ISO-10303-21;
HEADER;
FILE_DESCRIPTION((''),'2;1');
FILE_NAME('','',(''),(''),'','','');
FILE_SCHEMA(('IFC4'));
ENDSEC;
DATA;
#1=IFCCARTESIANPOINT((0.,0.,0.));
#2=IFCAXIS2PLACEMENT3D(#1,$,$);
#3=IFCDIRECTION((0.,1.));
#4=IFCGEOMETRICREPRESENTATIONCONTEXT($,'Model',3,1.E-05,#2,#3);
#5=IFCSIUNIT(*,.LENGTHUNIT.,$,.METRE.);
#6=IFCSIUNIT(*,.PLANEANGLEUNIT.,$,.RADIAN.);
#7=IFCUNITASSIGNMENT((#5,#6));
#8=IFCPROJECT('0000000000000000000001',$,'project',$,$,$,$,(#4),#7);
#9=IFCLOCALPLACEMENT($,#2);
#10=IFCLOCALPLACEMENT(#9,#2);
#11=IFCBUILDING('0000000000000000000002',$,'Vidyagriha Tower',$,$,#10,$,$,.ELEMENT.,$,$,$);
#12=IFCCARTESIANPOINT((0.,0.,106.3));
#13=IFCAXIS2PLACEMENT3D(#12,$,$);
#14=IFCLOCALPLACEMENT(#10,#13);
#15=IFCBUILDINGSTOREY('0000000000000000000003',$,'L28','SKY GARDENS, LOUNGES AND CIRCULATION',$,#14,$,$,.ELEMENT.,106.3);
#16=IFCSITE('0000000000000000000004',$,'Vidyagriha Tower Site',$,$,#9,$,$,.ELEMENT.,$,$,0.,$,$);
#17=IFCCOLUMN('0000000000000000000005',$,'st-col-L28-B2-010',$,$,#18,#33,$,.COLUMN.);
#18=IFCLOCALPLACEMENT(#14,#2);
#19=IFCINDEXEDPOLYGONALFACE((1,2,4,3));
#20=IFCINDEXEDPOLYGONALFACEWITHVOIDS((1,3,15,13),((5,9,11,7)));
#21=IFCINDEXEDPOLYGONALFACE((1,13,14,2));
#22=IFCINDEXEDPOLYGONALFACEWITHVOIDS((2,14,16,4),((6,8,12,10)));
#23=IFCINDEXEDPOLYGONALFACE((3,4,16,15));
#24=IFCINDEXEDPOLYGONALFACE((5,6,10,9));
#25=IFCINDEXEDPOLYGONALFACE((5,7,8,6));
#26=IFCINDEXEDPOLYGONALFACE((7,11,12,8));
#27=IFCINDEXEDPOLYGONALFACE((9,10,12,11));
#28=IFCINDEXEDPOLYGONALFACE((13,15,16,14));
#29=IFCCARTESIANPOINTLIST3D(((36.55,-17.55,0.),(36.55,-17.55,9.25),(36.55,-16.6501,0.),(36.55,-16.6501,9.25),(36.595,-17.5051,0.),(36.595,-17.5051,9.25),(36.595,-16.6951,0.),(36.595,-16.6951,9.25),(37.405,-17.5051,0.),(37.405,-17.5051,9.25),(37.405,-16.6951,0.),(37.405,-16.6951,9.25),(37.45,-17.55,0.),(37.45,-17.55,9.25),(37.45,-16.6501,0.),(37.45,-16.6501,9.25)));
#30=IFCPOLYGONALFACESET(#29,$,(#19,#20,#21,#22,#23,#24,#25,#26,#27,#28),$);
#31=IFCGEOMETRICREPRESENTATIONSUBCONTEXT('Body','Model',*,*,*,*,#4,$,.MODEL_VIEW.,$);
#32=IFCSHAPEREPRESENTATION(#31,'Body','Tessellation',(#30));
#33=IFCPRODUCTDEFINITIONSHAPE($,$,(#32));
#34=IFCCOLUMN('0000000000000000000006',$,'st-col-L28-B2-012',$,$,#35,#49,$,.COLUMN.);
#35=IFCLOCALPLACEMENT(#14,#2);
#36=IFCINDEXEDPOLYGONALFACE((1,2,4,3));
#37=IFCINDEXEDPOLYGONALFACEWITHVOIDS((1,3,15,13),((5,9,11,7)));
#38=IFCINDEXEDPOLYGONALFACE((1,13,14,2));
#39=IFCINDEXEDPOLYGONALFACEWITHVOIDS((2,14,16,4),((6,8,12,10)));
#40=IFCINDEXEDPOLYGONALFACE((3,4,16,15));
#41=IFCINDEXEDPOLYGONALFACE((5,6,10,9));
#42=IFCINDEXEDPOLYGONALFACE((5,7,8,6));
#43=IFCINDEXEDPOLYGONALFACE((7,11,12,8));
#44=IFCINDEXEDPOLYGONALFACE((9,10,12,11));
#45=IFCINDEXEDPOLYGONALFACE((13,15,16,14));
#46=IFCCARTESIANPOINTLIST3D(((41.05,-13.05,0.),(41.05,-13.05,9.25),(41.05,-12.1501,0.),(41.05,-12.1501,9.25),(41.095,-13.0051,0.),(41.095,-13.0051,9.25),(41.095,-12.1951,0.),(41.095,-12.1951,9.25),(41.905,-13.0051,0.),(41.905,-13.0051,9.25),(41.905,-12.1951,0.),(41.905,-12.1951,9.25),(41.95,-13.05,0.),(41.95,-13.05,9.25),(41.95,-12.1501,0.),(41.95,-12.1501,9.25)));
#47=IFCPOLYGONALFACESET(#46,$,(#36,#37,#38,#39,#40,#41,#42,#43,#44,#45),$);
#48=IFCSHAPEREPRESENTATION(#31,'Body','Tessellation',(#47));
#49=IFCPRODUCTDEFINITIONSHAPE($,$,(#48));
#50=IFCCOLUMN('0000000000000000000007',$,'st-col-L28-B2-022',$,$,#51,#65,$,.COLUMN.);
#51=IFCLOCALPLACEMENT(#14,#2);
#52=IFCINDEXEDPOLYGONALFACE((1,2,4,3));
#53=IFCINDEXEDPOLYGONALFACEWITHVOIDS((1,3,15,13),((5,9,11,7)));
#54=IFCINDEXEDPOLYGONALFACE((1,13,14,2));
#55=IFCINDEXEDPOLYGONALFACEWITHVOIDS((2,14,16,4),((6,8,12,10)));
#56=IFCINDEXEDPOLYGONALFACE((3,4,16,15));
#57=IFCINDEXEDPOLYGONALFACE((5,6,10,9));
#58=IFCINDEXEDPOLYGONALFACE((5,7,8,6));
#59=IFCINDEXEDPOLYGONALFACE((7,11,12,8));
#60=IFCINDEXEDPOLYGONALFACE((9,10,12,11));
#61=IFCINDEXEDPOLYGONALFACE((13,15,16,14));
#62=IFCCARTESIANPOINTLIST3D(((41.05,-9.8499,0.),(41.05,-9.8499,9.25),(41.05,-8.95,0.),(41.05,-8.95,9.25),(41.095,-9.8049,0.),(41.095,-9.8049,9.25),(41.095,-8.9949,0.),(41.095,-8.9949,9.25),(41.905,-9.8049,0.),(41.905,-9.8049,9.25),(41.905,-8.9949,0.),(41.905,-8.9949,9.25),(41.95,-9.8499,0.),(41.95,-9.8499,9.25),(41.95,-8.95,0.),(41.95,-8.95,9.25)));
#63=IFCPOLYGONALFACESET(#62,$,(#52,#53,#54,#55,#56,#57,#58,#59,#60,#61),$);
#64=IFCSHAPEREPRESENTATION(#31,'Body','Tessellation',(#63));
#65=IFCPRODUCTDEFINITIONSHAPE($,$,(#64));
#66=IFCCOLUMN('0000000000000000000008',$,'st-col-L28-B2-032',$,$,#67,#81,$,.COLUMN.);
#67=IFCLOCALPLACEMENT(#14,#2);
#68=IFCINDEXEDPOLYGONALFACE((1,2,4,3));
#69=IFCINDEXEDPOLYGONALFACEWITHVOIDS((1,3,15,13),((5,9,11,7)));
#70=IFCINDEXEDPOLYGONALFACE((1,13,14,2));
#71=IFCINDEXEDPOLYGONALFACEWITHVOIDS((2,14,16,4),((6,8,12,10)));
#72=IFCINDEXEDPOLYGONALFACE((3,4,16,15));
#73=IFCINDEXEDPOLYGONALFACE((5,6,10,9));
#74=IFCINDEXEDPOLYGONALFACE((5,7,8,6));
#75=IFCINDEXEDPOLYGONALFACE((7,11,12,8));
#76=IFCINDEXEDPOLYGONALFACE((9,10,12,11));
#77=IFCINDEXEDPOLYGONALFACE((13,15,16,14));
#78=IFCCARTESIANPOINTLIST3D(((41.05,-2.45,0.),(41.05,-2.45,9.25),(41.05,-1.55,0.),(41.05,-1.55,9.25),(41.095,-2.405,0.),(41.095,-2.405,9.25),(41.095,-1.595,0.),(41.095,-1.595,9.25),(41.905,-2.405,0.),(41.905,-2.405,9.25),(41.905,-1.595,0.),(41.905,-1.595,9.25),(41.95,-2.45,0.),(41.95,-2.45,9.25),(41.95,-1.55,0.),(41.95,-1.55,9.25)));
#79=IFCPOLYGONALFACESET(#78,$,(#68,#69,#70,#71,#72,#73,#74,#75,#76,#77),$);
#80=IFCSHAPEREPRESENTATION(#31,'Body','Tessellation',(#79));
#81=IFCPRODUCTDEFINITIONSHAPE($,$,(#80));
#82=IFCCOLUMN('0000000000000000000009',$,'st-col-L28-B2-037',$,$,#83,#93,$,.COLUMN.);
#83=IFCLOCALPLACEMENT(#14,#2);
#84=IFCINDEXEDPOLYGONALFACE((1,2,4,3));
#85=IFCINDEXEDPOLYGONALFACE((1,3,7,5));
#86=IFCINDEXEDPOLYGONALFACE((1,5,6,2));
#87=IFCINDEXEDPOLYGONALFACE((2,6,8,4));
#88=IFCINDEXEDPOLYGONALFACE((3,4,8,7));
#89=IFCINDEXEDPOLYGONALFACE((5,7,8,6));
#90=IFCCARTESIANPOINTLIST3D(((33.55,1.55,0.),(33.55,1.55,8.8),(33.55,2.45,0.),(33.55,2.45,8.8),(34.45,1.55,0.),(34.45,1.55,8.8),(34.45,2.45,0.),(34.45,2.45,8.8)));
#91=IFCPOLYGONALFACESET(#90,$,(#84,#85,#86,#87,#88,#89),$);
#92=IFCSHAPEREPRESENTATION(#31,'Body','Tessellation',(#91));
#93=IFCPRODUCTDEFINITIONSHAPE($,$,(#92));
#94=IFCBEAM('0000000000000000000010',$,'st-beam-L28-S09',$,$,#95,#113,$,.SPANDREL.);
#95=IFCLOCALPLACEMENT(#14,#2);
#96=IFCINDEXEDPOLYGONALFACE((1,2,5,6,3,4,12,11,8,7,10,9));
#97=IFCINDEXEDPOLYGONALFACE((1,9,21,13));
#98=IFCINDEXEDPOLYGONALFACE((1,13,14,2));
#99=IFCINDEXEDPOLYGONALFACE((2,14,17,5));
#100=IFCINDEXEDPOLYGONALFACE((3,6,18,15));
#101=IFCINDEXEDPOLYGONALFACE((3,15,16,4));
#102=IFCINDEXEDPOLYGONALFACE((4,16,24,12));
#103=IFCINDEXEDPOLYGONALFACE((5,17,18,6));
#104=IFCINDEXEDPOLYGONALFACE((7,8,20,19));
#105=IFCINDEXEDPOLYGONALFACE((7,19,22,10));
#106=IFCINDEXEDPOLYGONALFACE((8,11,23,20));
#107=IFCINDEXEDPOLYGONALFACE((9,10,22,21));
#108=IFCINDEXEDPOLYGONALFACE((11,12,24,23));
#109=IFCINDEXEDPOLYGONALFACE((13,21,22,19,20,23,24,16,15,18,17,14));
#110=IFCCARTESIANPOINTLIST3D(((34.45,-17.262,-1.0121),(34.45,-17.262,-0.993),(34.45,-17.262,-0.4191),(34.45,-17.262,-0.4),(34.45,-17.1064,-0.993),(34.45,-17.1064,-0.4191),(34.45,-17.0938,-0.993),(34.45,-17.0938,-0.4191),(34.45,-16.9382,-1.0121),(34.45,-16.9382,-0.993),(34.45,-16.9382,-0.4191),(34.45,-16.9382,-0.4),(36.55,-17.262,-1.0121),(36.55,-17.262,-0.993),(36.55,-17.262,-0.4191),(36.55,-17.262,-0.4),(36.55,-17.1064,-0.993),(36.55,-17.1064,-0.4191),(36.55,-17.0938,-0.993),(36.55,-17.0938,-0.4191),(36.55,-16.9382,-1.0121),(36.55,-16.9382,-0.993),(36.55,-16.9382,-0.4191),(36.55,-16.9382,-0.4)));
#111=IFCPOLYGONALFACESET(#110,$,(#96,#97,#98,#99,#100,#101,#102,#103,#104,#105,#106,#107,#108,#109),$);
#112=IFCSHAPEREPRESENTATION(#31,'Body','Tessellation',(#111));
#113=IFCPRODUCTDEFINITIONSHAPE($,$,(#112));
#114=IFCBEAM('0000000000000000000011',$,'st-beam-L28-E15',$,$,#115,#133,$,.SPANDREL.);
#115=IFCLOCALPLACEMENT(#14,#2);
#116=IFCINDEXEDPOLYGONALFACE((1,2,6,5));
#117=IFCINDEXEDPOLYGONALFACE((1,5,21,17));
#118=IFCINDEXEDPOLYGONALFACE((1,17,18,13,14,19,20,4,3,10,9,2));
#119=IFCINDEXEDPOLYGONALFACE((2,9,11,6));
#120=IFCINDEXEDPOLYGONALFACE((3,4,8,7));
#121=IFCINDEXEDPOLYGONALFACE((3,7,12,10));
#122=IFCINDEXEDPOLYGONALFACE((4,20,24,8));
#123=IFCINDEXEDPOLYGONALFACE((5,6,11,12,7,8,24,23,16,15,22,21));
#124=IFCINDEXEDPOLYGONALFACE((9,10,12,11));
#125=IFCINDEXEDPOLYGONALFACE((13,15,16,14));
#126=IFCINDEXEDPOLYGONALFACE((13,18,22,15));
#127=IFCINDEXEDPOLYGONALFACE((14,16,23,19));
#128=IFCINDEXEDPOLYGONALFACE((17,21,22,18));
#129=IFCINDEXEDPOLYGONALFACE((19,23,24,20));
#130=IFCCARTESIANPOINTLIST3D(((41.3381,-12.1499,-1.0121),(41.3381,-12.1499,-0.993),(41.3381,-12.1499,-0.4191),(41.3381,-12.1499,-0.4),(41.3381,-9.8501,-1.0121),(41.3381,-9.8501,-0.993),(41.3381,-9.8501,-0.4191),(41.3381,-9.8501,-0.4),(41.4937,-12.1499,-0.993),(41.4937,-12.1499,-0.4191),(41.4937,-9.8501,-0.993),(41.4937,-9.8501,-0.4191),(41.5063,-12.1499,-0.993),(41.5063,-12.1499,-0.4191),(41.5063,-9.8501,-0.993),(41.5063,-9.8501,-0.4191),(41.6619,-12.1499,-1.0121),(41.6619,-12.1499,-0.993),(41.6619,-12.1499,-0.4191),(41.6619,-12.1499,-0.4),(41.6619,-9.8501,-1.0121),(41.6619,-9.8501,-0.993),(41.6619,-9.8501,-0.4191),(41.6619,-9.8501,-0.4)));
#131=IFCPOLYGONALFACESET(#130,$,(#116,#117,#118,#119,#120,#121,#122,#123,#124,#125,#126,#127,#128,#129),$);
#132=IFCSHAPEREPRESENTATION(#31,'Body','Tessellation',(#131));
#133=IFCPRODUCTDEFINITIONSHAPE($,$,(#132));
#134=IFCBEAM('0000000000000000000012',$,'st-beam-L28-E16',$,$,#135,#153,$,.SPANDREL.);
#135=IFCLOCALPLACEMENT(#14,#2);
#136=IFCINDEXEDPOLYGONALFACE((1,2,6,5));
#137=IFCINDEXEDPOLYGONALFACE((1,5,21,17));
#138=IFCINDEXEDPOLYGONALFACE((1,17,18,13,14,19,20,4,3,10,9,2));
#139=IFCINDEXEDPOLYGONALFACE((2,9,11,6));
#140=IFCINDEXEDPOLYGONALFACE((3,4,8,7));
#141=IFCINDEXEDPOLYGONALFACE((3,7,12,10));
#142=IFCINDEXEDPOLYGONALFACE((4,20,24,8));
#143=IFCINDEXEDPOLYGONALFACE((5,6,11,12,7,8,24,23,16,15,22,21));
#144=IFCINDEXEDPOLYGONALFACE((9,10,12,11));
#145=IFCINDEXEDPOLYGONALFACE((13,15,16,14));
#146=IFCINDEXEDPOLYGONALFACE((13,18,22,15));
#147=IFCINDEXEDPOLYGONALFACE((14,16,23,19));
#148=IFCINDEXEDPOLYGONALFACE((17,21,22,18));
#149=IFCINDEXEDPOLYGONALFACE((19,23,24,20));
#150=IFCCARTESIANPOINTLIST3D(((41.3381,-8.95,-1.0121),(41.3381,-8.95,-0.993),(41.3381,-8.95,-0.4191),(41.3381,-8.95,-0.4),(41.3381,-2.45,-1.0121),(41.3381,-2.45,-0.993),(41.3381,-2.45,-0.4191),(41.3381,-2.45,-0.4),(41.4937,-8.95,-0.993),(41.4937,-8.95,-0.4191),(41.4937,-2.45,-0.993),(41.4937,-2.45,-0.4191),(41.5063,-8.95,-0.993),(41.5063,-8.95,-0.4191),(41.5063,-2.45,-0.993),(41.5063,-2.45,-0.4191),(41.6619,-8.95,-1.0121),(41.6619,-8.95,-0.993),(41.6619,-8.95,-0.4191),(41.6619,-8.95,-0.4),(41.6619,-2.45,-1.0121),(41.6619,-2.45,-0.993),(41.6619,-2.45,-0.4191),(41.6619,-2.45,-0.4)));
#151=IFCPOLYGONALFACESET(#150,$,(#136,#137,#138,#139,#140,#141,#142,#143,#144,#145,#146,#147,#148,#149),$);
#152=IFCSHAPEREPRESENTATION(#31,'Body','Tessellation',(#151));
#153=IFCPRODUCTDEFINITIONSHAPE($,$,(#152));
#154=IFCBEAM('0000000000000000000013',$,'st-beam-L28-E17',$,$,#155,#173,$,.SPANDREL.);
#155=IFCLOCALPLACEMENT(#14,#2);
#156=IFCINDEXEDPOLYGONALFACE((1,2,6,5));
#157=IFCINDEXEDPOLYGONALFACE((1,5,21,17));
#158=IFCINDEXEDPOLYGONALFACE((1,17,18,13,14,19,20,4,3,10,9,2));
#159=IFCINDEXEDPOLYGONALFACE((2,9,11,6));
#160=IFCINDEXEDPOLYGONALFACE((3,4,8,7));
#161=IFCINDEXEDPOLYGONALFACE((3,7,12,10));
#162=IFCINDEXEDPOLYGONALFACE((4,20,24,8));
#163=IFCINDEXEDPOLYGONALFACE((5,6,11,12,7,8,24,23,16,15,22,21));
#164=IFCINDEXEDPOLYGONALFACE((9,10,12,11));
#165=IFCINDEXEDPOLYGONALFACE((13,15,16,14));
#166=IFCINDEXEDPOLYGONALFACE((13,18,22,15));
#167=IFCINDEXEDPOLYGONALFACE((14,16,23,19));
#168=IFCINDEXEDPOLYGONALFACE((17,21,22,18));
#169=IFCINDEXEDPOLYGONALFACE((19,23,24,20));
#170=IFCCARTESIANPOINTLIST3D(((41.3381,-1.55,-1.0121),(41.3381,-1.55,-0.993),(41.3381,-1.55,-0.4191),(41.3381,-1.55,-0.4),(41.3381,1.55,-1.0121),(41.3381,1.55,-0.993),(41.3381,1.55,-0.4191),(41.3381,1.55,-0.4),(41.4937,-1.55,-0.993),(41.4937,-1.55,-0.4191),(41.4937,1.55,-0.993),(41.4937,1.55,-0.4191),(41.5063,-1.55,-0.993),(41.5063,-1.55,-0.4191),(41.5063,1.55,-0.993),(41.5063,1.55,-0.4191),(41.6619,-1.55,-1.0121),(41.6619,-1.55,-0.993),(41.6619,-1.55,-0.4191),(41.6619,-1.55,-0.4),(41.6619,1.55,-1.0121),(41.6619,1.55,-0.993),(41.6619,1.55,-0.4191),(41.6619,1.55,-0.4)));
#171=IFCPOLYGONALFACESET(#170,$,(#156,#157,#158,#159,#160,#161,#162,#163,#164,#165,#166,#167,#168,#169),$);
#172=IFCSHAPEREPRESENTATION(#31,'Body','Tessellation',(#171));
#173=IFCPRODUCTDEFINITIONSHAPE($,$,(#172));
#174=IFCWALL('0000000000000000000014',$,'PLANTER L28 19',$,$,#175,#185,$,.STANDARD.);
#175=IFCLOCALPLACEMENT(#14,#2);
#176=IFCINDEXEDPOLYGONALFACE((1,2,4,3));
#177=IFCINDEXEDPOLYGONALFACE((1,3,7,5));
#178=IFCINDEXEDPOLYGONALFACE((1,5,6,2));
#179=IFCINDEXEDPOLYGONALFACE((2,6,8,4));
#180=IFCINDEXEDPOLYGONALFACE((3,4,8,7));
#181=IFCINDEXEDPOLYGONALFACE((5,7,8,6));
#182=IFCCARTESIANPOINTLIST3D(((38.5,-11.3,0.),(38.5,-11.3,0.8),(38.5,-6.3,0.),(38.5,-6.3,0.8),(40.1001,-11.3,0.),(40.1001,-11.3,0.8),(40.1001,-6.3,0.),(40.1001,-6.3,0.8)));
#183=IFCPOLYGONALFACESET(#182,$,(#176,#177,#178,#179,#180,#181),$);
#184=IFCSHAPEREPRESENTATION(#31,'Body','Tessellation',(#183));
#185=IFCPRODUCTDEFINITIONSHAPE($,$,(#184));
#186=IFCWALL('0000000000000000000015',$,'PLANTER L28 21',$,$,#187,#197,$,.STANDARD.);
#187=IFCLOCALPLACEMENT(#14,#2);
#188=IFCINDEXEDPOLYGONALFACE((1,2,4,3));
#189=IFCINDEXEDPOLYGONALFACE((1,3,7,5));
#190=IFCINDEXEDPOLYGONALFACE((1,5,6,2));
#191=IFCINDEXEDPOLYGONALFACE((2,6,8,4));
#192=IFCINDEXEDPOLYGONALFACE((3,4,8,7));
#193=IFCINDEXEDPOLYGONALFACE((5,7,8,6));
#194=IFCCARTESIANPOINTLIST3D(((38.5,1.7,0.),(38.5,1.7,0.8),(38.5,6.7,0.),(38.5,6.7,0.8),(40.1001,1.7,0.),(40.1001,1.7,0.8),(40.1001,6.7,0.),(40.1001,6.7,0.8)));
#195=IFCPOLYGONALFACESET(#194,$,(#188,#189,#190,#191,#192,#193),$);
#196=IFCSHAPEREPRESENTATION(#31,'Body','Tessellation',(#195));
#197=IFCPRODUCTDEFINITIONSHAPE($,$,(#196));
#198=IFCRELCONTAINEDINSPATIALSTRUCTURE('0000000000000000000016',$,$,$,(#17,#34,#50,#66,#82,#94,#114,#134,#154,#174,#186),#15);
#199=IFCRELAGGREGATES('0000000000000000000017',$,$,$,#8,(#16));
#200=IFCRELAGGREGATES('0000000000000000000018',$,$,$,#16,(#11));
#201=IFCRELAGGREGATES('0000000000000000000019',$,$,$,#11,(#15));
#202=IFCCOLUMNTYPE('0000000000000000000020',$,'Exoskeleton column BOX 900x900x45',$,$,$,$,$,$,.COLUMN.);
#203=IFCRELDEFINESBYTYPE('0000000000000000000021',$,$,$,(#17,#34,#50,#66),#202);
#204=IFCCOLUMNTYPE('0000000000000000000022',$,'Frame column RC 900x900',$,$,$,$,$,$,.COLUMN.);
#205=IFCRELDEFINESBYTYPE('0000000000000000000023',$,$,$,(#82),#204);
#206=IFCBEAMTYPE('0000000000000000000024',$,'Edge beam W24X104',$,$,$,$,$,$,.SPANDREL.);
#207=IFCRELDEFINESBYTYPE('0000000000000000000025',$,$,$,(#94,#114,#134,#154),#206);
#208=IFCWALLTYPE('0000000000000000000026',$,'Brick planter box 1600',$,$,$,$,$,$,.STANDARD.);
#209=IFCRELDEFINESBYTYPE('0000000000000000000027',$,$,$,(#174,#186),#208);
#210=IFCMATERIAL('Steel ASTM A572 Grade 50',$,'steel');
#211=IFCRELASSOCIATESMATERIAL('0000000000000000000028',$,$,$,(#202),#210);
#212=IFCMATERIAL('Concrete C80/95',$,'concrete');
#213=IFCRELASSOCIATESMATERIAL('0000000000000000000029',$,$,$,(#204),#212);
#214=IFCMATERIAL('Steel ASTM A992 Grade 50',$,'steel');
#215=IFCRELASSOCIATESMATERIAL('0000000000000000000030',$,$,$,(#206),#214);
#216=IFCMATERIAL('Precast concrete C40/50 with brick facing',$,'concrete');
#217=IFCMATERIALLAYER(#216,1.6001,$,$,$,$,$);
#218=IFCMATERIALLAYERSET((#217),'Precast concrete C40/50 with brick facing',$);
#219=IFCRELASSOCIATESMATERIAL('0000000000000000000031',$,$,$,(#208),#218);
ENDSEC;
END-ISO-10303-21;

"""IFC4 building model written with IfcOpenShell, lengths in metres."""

from ifc_helpers import new_model, si_unit, direction, frame, frame_2d, origin, origin_2d, place, context, subcontext, project, spatial, rectangle, hollow_rectangle, i_section, extrude, material, layer, layer_set, material_profile, profile_set, type_object, element, save


model = new_model("IFC4")

# Units and contexts
model_context = context("Model", 3, precision=1e-05, world=origin(), true_north=direction((0.0, 1.0)))
body_context = subcontext(model_context, "Body", "Model", "MODEL_VIEW")
ifc_project = project(units=[si_unit("LENGTHUNIT", "METRE"), si_unit("PLANEANGLEUNIT", "RADIAN")], contexts=[model_context])

# Site, building, storey
site_placement = place(None, origin())
site = spatial("IfcSite", under=ifc_project, at=site_placement, Name="Vidyagriha Tower Site", CompositionType="ELEMENT", RefElevation=0.0)
building_placement = place(site_placement, origin())
building = spatial("IfcBuilding", under=site, at=building_placement, Name="Vidyagriha Tower", CompositionType="ELEMENT")
storey_placement = place(building_placement, frame((0.0, 0.0, 106.3)))
storey = spatial("IfcBuildingStorey", under=building, at=storey_placement, Name="L28", Description="SKY GARDENS, LOUNGES AND CIRCULATION", CompositionType="ELEMENT", Elevation=106.3)

# Columns
ifc_material_1 = material(Name="Steel ASTM A572 Grade 50", Category="steel")
ifc_material_profile_1 = material_profile(ifc_material_1, hollow_rectangle(XDim=0.8999, YDim=0.8999, WallThickness=0.0449, at=origin_2d()), Name="BOX 900x900x45")
ifc_profile_set_1 = profile_set([ifc_material_profile_1], Name="Steel ASTM A572 Grade 50")
column_type_1 = type_object("IfcColumnType", Name="Exoskeleton column BOX 900x900x45", PredefinedType="COLUMN", material=ifc_profile_set_1)
for number, where, name in (
    (1, (37.0, -17.1001, 0.0), "st-col-L28-B2-010"),
    (2, (41.5, -12.6001, 0.0), "st-col-L28-B2-012"),
    (3, (41.5, -9.3999, 0.0), "st-col-L28-B2-022"),
    (4, (41.5, -2.0, 0.0), "st-col-L28-B2-032"),
):
    element("IfcColumn", number, at=place(storey_placement, frame(where)), inside=storey, type_object=column_type_1, Name=name, PredefinedType="COLUMN", context=body_context, shape_type="SweptSolid", body=[
        extrude(hollow_rectangle(XDim=0.8999, YDim=0.8999, WallThickness=0.0449, at=origin_2d()), origin(), (0.0, 0.0, 1.0), 9.25),
    ])
ifc_material_2 = material(Name="Concrete C80/95", Category="concrete")
ifc_material_profile_2 = material_profile(ifc_material_2, rectangle(XDim=0.8999, YDim=0.8999, at=origin_2d()), Name="RC 900x900")
ifc_profile_set_2 = profile_set([ifc_material_profile_2], Name="Concrete C80/95")
column_type_2 = type_object("IfcColumnType", Name="Frame column RC 900x900", PredefinedType="COLUMN", material=ifc_profile_set_2)
column_placement = place(storey_placement, frame((34.0, 2.0, 0.0)))
element("IfcColumn", 5, at=column_placement, inside=storey, type_object=column_type_2, Name="st-col-L28-B2-037", PredefinedType="COLUMN", context=body_context, shape_type="SweptSolid", body=[
    extrude(rectangle(XDim=0.8999, YDim=0.8999, at=origin_2d()), origin(), (0.0, 0.0, 1.0), 8.8),
])

# Beams
ifc_material_3 = material(Name="Steel ASTM A992 Grade 50", Category="steel")
ifc_material_profile_3 = material_profile(ifc_material_3, i_section(OverallWidth=0.3237, OverallDepth=0.6121, WebThickness=0.0127, FlangeThickness=0.019, at=origin_2d()), Name="W24X104")
ifc_profile_set_3 = profile_set([ifc_material_profile_3], Name="Steel ASTM A992 Grade 50")
beam_type = type_object("IfcBeamType", Name="Edge beam W24X104", PredefinedType="SPANDREL", material=ifc_profile_set_3)
beam_1_placement = place(storey_placement, frame((34.45, -17.1001, -0.7061), z_axis=(1.0, 0.0, 0.0), x_axis=(0.0, 1.0, 0.0)))
element("IfcBeam", 6, at=beam_1_placement, inside=storey, type_object=beam_type, Name="st-beam-L28-S09", PredefinedType="SPANDREL", context=body_context, shape_type="SweptSolid", body=[
    extrude(i_section(OverallWidth=0.3237, OverallDepth=0.6121, WebThickness=0.0127, FlangeThickness=0.019, at=origin_2d()), origin(), (0.0, 0.0, 1.0), 2.1001),
])
beam_2_placement = place(storey_placement, frame((41.5, -12.1499, -0.7061), z_axis=(0.0, 1.0, 0.0), x_axis=(-1.0, 0.0, 0.0)))
element("IfcBeam", 7, at=beam_2_placement, inside=storey, type_object=beam_type, Name="st-beam-L28-E15", PredefinedType="SPANDREL", context=body_context, shape_type="SweptSolid", body=[
    extrude(i_section(OverallWidth=0.3237, OverallDepth=0.6121, WebThickness=0.0127, FlangeThickness=0.019, at=origin_2d()), origin(), (0.0, 0.0, 1.0), 2.2998),
])
beam_3_placement = place(storey_placement, frame((41.5, -8.95, -0.7061), z_axis=(0.0, 1.0, 0.0), x_axis=(-1.0, 0.0, 0.0)))
element("IfcBeam", 8, at=beam_3_placement, inside=storey, type_object=beam_type, Name="st-beam-L28-E16", PredefinedType="SPANDREL", context=body_context, shape_type="SweptSolid", body=[
    extrude(i_section(OverallWidth=0.3237, OverallDepth=0.6121, WebThickness=0.0127, FlangeThickness=0.019, at=origin_2d()), origin(), (0.0, 0.0, 1.0), 6.5),
])
beam_4_placement = place(storey_placement, frame((41.5, -1.55, -0.7061), z_axis=(0.0, 1.0, 0.0), x_axis=(-1.0, 0.0, 0.0)))
element("IfcBeam", 9, at=beam_4_placement, inside=storey, type_object=beam_type, Name="st-beam-L28-E17", PredefinedType="SPANDREL", context=body_context, shape_type="SweptSolid", body=[
    extrude(i_section(OverallWidth=0.3237, OverallDepth=0.6121, WebThickness=0.0127, FlangeThickness=0.019, at=origin_2d()), origin(), (0.0, 0.0, 1.0), 3.1001),
])

# Walls
ifc_material_4 = material(Name="Precast concrete C40/50 with brick facing", Category="concrete")
ifc_layer_1 = layer(ifc_material_4, 1.6001)
ifc_layer_set_1 = layer_set([ifc_layer_1], Name="Precast concrete C40/50 with brick facing")
wall_type_1 = type_object("IfcWallType", Name="Brick planter box 1600", PredefinedType="STANDARD", material=ifc_layer_set_1)
for number, where, z_axis, x_axis, name in (
    (10, (39.3, -11.3, 0.0), (0.0, 0.0, 1.0), (0.0, 1.0, 0.0), "PLANTER L28 19"),
    (11, (39.3, 1.7, 0.0), (0.0, 0.0, 1.0), (0.0, 1.0, 0.0), "PLANTER L28 21"),
):
    element("IfcWall", number, at=place(storey_placement, frame(where, z_axis=z_axis, x_axis=x_axis)), inside=storey, type_object=wall_type_1, Name=name, PredefinedType="STANDARD", context=body_context, shape_type="SweptSolid", body=[
        extrude(rectangle(XDim=5.0, YDim=1.6001, at=frame_2d((2.5, 0.0))), origin(), (0.0, 0.0, 1.0), 0.8),
    ])

save(model, "model.ifc")
